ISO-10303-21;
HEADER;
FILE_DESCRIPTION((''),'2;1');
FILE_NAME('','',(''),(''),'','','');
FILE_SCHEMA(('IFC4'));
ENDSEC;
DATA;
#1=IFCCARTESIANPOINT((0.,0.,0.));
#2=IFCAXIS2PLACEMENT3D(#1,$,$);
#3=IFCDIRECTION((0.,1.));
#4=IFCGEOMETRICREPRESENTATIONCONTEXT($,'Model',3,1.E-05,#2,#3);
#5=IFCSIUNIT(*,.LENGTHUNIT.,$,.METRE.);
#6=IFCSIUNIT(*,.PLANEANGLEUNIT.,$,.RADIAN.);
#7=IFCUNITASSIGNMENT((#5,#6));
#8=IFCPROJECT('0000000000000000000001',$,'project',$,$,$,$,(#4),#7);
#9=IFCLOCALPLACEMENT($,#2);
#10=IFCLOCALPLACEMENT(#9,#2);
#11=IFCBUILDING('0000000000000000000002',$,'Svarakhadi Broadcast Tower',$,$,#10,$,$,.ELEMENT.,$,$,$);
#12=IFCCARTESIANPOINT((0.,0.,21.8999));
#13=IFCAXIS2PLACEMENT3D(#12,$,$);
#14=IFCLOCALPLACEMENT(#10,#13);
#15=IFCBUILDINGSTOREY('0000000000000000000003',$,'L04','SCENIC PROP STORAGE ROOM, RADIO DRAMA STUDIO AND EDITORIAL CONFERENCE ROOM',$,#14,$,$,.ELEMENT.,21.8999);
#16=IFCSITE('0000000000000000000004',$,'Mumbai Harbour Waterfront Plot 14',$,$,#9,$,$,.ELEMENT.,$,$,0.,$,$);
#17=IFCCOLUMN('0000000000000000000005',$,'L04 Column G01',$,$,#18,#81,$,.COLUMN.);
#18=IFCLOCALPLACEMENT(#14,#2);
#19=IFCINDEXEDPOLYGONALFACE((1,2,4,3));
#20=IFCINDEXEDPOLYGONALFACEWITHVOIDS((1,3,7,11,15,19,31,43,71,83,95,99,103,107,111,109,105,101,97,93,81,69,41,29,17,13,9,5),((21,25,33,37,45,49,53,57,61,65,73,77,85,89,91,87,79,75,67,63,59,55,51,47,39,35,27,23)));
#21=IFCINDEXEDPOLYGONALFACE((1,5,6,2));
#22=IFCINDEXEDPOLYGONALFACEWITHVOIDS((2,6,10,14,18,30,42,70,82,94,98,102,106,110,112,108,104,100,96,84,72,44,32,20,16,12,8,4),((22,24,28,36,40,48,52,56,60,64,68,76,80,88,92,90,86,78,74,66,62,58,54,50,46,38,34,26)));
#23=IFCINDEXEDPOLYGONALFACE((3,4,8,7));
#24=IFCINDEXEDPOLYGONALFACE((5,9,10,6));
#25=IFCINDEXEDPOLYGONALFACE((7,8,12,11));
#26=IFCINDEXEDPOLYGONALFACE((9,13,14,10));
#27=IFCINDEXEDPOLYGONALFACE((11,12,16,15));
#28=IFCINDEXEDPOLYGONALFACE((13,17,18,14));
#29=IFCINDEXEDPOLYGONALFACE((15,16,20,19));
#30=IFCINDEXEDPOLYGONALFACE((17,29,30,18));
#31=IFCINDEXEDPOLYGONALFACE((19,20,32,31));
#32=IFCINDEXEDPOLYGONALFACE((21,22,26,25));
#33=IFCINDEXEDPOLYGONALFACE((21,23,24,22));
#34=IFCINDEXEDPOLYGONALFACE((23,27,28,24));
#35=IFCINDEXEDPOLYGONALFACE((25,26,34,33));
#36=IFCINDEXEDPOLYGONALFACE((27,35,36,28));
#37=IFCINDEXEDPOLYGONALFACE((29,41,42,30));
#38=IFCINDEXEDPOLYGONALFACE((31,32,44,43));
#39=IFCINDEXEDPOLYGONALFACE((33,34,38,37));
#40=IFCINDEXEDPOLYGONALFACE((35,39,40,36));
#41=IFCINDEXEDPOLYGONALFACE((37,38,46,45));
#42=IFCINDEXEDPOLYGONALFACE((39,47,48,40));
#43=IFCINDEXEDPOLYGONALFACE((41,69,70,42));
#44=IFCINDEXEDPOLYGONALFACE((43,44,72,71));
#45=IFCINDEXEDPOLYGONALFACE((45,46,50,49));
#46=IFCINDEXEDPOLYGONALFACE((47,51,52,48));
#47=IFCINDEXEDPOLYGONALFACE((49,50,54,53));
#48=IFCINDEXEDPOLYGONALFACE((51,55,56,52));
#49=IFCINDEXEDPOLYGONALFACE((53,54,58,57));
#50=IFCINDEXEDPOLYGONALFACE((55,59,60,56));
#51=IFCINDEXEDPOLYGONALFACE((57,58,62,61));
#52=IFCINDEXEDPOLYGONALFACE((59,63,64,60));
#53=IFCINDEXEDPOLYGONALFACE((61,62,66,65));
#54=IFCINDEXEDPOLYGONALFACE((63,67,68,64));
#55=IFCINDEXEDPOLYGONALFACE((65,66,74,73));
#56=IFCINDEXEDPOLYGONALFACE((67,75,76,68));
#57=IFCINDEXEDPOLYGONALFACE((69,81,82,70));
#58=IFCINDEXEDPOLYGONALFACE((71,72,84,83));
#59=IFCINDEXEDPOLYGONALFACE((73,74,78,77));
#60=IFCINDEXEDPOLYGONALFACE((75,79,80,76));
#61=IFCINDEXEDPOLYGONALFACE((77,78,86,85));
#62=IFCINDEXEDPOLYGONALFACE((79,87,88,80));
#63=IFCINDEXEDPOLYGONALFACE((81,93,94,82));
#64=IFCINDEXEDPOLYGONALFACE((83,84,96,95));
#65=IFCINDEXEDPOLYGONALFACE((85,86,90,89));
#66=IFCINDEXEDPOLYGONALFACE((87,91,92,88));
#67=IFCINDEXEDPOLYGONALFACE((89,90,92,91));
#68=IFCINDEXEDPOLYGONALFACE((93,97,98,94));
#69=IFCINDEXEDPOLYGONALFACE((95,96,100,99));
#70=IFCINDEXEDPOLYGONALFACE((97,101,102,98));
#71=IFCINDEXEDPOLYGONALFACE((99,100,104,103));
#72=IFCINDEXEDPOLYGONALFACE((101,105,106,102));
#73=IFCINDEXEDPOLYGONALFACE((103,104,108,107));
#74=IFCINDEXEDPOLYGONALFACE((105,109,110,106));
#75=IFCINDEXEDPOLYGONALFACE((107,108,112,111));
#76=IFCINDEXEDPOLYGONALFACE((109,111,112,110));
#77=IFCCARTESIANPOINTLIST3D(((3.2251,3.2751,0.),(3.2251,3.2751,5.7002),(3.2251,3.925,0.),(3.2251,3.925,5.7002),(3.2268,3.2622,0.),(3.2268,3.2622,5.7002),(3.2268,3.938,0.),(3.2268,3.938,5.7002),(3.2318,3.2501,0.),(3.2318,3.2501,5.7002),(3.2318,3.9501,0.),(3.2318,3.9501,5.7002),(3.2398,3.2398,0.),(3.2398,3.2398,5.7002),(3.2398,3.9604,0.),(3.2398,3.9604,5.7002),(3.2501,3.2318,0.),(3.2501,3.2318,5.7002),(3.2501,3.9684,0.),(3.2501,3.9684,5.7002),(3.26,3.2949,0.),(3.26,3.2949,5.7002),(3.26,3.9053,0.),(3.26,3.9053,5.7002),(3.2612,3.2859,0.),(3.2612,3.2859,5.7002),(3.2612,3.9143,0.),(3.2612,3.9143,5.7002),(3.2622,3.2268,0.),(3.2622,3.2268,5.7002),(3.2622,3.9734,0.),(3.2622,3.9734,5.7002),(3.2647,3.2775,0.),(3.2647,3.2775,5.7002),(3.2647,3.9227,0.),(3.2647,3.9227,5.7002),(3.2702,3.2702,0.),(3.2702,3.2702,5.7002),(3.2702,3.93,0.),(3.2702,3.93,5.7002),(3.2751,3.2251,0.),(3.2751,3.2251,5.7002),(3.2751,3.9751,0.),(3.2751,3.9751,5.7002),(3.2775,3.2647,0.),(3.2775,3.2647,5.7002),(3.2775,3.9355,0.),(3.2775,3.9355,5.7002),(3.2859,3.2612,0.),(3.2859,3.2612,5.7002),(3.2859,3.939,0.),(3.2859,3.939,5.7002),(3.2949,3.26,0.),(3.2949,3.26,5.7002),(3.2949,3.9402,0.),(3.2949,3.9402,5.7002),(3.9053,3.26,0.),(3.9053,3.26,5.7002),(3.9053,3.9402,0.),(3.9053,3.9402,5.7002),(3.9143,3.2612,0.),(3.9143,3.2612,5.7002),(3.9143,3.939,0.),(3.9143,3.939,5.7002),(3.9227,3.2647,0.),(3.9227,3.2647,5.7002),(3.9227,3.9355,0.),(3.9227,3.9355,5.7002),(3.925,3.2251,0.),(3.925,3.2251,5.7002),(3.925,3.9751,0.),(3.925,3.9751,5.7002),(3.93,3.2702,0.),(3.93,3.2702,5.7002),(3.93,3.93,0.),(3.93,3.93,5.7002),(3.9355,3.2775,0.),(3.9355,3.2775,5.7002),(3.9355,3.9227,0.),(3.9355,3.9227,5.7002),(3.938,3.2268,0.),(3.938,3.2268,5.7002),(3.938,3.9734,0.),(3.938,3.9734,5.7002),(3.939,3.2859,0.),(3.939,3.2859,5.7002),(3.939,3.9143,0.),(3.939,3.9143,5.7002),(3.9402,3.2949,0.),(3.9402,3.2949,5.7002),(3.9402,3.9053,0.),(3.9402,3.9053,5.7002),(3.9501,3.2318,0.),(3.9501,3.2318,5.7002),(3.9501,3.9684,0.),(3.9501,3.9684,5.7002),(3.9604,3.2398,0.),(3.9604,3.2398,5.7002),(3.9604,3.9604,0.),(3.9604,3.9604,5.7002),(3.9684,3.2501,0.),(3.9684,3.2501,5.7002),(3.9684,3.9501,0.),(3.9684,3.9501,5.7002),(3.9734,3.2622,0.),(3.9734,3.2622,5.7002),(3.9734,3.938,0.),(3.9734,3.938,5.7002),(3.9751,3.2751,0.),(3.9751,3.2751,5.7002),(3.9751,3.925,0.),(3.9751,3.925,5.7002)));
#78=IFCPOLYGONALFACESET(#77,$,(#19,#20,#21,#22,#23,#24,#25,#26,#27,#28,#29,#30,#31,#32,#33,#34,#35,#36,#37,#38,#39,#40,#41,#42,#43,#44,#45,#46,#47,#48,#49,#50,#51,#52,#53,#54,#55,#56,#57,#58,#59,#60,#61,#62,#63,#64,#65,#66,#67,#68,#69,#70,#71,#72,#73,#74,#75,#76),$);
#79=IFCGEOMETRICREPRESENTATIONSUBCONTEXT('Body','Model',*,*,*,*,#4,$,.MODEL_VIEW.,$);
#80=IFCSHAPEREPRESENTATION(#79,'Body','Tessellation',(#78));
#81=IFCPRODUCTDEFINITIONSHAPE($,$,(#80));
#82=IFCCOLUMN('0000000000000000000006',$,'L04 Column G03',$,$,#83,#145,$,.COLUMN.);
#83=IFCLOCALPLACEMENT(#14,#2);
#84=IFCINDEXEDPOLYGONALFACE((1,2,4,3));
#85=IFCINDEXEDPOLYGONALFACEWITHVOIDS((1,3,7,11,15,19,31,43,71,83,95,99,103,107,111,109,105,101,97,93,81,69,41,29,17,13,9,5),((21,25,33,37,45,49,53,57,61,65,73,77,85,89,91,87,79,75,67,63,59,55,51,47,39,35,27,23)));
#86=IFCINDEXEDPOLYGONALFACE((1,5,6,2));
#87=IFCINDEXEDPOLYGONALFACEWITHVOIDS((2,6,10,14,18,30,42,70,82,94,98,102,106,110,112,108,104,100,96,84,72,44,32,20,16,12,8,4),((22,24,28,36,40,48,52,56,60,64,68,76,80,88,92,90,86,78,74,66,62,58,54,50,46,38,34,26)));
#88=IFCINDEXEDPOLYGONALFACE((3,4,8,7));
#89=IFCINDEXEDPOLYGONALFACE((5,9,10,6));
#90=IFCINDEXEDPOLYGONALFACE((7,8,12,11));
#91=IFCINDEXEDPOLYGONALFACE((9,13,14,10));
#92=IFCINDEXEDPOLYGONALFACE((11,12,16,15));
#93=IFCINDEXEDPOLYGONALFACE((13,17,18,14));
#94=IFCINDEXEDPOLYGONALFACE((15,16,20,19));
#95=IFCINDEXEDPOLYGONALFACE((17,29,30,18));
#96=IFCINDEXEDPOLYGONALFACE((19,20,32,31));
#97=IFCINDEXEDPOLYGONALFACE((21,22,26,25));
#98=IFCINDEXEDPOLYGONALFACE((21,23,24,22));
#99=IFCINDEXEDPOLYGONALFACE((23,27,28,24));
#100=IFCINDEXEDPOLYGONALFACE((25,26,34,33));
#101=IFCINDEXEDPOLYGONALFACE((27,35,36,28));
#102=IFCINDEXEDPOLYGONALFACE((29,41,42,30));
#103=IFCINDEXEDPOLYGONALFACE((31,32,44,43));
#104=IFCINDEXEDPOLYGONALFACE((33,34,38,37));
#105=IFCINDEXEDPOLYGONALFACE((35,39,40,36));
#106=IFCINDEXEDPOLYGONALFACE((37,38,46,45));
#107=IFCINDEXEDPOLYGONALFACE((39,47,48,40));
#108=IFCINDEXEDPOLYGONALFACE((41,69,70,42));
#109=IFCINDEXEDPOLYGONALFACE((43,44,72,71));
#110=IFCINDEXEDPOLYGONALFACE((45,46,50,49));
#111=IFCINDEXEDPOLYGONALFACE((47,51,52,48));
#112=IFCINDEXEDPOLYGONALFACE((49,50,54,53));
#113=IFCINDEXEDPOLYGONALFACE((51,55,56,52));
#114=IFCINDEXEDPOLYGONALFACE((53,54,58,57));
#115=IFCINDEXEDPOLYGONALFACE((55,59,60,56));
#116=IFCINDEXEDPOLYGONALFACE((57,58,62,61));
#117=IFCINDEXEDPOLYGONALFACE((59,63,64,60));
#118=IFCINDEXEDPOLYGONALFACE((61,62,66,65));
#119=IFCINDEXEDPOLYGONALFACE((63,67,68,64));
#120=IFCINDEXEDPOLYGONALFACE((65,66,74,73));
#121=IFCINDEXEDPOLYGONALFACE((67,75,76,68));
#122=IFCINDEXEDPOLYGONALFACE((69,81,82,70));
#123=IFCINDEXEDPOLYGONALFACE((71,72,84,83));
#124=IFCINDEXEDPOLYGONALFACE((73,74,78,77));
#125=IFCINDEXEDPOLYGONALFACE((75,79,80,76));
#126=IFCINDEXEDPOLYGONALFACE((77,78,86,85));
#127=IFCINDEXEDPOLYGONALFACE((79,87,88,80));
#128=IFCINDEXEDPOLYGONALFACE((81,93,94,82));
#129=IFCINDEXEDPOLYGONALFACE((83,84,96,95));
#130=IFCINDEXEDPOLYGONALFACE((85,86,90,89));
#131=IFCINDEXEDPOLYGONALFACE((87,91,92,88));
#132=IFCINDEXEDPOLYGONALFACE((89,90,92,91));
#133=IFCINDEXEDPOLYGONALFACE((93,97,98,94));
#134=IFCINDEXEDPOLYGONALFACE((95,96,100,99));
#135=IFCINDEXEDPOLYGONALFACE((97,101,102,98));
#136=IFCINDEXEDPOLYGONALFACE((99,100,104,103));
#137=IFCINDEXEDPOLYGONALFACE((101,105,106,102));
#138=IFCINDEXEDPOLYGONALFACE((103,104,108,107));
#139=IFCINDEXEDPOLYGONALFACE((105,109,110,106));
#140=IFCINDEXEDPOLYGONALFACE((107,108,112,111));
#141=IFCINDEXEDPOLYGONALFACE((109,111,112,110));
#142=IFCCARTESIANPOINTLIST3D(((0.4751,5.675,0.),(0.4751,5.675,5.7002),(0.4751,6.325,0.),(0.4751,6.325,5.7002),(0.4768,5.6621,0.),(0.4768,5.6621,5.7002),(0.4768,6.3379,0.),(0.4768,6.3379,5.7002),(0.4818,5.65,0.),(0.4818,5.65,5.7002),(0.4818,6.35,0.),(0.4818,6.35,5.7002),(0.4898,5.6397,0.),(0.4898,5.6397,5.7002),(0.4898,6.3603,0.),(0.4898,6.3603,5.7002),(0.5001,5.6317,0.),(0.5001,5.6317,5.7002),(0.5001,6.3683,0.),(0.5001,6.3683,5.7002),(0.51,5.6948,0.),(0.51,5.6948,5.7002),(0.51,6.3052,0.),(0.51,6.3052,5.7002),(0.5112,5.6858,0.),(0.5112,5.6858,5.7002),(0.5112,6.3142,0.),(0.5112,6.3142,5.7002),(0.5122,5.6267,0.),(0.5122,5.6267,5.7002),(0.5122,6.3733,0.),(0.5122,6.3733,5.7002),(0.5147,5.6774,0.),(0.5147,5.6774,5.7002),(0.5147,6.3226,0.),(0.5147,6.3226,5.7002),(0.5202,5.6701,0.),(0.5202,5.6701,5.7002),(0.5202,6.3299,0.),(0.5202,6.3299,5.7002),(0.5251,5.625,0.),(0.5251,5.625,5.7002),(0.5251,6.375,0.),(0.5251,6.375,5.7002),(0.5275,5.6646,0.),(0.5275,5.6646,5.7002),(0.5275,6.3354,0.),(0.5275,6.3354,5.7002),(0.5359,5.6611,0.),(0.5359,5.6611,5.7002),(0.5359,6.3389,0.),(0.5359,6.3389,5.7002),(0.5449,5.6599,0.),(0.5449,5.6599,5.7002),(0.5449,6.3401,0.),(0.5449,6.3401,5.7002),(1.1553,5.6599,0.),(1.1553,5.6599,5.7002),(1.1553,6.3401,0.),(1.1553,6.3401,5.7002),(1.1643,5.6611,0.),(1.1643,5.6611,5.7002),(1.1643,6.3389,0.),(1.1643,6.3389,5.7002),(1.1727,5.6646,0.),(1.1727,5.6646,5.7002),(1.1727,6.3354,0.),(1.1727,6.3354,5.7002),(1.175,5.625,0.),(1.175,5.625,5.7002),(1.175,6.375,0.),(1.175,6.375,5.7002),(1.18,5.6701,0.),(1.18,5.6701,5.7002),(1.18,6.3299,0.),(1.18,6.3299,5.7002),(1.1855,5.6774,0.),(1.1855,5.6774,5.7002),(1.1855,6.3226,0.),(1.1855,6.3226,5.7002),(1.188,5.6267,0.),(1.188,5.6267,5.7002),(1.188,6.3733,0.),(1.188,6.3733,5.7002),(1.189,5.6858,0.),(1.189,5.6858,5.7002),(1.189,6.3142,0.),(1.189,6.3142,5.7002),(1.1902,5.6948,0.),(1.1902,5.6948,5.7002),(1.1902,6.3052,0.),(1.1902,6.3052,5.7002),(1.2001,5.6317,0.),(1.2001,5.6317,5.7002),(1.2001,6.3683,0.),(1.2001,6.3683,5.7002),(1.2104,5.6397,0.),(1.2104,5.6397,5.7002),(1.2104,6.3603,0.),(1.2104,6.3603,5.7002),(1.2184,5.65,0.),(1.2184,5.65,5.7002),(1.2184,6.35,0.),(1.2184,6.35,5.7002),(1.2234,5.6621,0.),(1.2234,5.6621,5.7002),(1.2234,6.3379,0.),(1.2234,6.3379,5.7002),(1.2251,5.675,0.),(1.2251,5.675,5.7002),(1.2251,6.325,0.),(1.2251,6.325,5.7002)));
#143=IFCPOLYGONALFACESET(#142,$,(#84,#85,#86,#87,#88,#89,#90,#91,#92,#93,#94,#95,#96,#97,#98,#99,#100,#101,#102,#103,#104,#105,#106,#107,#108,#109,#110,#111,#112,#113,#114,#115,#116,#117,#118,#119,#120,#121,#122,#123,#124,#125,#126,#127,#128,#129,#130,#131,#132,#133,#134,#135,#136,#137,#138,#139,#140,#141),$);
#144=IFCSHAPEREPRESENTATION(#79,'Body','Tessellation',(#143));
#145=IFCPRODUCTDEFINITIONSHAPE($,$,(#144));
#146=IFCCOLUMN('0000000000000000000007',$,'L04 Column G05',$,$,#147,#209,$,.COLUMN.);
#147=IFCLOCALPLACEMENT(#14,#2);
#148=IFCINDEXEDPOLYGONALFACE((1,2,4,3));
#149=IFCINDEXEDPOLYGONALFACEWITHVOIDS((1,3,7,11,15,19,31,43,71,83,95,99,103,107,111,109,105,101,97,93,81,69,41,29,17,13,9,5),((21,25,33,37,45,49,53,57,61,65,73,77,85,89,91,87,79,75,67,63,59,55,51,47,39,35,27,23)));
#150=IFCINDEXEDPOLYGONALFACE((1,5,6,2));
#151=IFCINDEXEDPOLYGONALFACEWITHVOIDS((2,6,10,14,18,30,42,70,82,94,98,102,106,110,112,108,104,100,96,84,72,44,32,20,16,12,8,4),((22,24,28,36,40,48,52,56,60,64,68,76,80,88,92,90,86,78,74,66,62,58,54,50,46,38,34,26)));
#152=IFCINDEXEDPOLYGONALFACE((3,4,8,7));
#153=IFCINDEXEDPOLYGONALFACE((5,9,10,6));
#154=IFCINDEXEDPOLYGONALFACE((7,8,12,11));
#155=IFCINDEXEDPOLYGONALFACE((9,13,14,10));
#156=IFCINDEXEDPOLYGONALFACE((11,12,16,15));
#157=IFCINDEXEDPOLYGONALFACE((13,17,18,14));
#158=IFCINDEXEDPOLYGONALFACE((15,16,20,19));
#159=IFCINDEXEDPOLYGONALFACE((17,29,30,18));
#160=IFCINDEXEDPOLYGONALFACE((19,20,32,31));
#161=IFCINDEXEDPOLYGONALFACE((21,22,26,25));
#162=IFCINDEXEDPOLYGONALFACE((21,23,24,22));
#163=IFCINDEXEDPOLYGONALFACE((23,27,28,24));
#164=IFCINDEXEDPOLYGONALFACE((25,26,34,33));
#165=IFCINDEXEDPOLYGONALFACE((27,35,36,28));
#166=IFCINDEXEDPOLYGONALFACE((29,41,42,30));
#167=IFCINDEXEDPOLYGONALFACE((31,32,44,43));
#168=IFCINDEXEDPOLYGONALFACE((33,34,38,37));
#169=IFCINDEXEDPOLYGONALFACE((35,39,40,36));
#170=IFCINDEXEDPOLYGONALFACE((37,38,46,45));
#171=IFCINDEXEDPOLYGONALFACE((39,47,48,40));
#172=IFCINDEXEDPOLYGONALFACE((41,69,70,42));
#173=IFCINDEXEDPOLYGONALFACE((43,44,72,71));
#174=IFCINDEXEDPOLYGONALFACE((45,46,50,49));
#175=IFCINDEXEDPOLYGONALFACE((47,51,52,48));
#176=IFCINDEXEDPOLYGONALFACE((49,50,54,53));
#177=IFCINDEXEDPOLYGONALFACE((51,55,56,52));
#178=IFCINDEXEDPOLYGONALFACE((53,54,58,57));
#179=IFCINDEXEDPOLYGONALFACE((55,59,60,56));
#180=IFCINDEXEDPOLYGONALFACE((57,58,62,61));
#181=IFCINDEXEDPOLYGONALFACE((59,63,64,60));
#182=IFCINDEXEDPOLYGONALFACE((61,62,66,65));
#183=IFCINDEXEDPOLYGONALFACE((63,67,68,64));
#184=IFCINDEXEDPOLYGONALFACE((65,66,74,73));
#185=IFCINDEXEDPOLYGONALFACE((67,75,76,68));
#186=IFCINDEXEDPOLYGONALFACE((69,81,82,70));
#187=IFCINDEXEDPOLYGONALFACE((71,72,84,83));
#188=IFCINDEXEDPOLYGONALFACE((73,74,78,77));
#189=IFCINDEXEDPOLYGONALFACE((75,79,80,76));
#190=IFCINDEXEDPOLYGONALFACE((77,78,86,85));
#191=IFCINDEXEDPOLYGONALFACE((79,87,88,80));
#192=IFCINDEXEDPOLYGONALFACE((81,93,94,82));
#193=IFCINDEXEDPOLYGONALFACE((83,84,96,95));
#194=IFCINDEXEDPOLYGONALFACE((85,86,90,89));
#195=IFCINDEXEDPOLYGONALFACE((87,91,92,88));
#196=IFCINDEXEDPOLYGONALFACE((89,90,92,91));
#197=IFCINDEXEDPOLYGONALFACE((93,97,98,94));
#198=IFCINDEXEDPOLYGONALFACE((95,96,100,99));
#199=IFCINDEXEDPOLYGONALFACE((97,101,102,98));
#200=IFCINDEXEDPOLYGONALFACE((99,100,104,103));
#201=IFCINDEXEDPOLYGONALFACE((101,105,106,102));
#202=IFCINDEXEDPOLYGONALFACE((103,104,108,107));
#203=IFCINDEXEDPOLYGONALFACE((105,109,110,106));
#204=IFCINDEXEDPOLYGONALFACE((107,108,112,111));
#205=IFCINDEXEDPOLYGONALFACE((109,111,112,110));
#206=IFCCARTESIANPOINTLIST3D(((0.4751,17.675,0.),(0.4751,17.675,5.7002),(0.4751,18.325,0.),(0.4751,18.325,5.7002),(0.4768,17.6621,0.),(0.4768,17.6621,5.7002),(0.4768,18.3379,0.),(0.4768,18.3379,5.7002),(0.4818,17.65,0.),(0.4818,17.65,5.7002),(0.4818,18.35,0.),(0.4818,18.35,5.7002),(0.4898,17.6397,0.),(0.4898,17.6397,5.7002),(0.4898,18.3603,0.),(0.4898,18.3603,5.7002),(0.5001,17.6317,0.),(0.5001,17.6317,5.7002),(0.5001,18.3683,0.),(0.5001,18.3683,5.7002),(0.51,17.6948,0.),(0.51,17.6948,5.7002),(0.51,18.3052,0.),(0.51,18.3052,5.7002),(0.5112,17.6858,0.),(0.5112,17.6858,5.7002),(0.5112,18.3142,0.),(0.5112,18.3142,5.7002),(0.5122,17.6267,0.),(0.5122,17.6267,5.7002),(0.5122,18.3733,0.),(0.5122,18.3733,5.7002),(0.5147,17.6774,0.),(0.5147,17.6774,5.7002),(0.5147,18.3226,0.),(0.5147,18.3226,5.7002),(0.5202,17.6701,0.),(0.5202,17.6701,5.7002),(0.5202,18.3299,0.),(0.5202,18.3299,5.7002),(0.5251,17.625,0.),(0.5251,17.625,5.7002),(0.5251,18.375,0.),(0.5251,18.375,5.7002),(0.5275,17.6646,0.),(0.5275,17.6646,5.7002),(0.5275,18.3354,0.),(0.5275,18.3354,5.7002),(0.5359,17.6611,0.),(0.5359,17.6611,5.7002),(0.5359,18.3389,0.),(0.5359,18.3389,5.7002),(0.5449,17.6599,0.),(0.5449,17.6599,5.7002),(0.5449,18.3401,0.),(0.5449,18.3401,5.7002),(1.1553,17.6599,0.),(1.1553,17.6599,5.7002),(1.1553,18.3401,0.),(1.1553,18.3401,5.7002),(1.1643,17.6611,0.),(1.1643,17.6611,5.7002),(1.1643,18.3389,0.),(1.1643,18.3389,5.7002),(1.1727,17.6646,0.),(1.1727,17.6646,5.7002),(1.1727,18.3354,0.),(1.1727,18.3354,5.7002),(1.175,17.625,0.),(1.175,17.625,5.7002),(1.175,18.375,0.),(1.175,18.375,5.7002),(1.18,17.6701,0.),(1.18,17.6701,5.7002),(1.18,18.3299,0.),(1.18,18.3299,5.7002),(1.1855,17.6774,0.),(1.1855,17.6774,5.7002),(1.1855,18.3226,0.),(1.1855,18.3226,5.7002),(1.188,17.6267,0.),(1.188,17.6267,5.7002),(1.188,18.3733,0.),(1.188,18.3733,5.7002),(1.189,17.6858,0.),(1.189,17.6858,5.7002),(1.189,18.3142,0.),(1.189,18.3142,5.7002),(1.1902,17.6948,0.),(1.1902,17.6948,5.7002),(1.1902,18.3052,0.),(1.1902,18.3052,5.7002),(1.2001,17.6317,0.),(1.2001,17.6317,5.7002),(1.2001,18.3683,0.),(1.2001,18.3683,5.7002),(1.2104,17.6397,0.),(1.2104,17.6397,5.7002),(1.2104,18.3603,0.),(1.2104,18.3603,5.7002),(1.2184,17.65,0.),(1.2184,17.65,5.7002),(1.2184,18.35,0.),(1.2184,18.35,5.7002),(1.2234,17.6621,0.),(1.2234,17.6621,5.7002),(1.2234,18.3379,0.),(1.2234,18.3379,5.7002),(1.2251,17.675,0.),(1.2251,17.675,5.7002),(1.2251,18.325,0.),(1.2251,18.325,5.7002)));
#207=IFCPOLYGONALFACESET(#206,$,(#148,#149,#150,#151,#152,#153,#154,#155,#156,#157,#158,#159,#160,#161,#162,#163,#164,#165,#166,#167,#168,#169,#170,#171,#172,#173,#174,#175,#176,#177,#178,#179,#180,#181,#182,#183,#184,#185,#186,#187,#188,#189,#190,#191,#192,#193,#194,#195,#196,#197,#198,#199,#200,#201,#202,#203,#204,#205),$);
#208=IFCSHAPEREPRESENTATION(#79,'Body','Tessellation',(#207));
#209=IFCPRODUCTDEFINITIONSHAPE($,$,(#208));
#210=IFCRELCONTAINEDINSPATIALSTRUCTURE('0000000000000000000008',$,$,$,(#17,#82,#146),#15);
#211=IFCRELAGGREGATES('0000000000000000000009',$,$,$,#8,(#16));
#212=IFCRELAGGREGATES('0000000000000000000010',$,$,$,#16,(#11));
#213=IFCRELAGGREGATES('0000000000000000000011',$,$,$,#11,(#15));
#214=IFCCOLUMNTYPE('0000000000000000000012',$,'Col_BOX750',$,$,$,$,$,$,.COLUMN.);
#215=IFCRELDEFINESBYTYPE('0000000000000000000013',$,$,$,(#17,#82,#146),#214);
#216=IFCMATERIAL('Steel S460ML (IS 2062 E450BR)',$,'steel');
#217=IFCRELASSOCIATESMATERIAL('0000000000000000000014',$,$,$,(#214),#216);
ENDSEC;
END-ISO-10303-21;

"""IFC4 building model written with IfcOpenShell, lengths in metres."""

from ifc_helpers import new_model, si_unit, direction, frame, origin, origin_2d, place, context, subcontext, project, spatial, hollow_rectangle, extrude, material, material_profile, profile_set, type_object, element, save


model = new_model("IFC4")

# Units and contexts
model_context = context("Model", 3, precision=1e-05, world=origin(), true_north=direction((0.0, 1.0)))
body_context = subcontext(model_context, "Body", "Model", "MODEL_VIEW")
ifc_project = project(units=[si_unit("LENGTHUNIT", "METRE"), si_unit("PLANEANGLEUNIT", "RADIAN")], contexts=[model_context])

# Site, building, storey
site_placement = place(None, origin())
site = spatial("IfcSite", under=ifc_project, at=site_placement, Name="Mumbai Harbour Waterfront Plot 14", CompositionType="ELEMENT", RefElevation=0.0)
building_placement = place(site_placement, origin())
building = spatial("IfcBuilding", under=site, at=building_placement, Name="Svarakhadi Broadcast Tower", CompositionType="ELEMENT")
storey_placement = place(building_placement, frame((0.0, 0.0, 21.8999)))
storey = spatial("IfcBuildingStorey", under=building, at=storey_placement, Name="L04", Description="SCENIC PROP STORAGE ROOM, RADIO DRAMA STUDIO AND EDITORIAL CONFERENCE ROOM", CompositionType="ELEMENT", Elevation=21.8999)

# Columns
ifc_material_1 = material(Name="Steel S460ML (IS 2062 E450BR)", Category="steel")
ifc_material_profile_1 = material_profile(ifc_material_1, hollow_rectangle(XDim=0.75, YDim=0.75, WallThickness=0.0349, InnerFilletRadius=0.0349, OuterFilletRadius=0.05, at=origin_2d()), Name="BOX 750x750x35")
ifc_profile_set_1 = profile_set([ifc_material_profile_1], Name="Steel S460ML (IS 2062 E450BR)")
column_type_1 = type_object("IfcColumnType", Name="Col_BOX750", PredefinedType="COLUMN", material=ifc_profile_set_1)
for number, where, z_axis, x_axis, name in (
    (1, (3.6001, 3.6001, 0.0), (0.0, 0.0, 1.0), (1.0, 0.0, 0.0), "L04 Column G01"),
    (2, (0.8501, 6.0, 0.0), (0.0, 0.0, 1.0), (1.0, 0.0, 0.0), "L04 Column G03"),
    (3, (0.8501, 18.0, 0.0), (0.0, 0.0, 1.0), (1.0, 0.0, 0.0), "L04 Column G05"),
):
    element("IfcColumn", number, at=place(storey_placement, frame(where, z_axis=z_axis, x_axis=x_axis)), inside=storey, type_object=column_type_1, Name=name, PredefinedType="COLUMN", context=body_context, shape_type="SweptSolid", body=[
        extrude(hollow_rectangle(XDim=0.75, YDim=0.75, WallThickness=0.0349, InnerFilletRadius=0.0349, OuterFilletRadius=0.05, at=origin_2d()), origin(), (0.0, 0.0, 1.0), 5.7002),
    ])

save(model, "model.ifc")
